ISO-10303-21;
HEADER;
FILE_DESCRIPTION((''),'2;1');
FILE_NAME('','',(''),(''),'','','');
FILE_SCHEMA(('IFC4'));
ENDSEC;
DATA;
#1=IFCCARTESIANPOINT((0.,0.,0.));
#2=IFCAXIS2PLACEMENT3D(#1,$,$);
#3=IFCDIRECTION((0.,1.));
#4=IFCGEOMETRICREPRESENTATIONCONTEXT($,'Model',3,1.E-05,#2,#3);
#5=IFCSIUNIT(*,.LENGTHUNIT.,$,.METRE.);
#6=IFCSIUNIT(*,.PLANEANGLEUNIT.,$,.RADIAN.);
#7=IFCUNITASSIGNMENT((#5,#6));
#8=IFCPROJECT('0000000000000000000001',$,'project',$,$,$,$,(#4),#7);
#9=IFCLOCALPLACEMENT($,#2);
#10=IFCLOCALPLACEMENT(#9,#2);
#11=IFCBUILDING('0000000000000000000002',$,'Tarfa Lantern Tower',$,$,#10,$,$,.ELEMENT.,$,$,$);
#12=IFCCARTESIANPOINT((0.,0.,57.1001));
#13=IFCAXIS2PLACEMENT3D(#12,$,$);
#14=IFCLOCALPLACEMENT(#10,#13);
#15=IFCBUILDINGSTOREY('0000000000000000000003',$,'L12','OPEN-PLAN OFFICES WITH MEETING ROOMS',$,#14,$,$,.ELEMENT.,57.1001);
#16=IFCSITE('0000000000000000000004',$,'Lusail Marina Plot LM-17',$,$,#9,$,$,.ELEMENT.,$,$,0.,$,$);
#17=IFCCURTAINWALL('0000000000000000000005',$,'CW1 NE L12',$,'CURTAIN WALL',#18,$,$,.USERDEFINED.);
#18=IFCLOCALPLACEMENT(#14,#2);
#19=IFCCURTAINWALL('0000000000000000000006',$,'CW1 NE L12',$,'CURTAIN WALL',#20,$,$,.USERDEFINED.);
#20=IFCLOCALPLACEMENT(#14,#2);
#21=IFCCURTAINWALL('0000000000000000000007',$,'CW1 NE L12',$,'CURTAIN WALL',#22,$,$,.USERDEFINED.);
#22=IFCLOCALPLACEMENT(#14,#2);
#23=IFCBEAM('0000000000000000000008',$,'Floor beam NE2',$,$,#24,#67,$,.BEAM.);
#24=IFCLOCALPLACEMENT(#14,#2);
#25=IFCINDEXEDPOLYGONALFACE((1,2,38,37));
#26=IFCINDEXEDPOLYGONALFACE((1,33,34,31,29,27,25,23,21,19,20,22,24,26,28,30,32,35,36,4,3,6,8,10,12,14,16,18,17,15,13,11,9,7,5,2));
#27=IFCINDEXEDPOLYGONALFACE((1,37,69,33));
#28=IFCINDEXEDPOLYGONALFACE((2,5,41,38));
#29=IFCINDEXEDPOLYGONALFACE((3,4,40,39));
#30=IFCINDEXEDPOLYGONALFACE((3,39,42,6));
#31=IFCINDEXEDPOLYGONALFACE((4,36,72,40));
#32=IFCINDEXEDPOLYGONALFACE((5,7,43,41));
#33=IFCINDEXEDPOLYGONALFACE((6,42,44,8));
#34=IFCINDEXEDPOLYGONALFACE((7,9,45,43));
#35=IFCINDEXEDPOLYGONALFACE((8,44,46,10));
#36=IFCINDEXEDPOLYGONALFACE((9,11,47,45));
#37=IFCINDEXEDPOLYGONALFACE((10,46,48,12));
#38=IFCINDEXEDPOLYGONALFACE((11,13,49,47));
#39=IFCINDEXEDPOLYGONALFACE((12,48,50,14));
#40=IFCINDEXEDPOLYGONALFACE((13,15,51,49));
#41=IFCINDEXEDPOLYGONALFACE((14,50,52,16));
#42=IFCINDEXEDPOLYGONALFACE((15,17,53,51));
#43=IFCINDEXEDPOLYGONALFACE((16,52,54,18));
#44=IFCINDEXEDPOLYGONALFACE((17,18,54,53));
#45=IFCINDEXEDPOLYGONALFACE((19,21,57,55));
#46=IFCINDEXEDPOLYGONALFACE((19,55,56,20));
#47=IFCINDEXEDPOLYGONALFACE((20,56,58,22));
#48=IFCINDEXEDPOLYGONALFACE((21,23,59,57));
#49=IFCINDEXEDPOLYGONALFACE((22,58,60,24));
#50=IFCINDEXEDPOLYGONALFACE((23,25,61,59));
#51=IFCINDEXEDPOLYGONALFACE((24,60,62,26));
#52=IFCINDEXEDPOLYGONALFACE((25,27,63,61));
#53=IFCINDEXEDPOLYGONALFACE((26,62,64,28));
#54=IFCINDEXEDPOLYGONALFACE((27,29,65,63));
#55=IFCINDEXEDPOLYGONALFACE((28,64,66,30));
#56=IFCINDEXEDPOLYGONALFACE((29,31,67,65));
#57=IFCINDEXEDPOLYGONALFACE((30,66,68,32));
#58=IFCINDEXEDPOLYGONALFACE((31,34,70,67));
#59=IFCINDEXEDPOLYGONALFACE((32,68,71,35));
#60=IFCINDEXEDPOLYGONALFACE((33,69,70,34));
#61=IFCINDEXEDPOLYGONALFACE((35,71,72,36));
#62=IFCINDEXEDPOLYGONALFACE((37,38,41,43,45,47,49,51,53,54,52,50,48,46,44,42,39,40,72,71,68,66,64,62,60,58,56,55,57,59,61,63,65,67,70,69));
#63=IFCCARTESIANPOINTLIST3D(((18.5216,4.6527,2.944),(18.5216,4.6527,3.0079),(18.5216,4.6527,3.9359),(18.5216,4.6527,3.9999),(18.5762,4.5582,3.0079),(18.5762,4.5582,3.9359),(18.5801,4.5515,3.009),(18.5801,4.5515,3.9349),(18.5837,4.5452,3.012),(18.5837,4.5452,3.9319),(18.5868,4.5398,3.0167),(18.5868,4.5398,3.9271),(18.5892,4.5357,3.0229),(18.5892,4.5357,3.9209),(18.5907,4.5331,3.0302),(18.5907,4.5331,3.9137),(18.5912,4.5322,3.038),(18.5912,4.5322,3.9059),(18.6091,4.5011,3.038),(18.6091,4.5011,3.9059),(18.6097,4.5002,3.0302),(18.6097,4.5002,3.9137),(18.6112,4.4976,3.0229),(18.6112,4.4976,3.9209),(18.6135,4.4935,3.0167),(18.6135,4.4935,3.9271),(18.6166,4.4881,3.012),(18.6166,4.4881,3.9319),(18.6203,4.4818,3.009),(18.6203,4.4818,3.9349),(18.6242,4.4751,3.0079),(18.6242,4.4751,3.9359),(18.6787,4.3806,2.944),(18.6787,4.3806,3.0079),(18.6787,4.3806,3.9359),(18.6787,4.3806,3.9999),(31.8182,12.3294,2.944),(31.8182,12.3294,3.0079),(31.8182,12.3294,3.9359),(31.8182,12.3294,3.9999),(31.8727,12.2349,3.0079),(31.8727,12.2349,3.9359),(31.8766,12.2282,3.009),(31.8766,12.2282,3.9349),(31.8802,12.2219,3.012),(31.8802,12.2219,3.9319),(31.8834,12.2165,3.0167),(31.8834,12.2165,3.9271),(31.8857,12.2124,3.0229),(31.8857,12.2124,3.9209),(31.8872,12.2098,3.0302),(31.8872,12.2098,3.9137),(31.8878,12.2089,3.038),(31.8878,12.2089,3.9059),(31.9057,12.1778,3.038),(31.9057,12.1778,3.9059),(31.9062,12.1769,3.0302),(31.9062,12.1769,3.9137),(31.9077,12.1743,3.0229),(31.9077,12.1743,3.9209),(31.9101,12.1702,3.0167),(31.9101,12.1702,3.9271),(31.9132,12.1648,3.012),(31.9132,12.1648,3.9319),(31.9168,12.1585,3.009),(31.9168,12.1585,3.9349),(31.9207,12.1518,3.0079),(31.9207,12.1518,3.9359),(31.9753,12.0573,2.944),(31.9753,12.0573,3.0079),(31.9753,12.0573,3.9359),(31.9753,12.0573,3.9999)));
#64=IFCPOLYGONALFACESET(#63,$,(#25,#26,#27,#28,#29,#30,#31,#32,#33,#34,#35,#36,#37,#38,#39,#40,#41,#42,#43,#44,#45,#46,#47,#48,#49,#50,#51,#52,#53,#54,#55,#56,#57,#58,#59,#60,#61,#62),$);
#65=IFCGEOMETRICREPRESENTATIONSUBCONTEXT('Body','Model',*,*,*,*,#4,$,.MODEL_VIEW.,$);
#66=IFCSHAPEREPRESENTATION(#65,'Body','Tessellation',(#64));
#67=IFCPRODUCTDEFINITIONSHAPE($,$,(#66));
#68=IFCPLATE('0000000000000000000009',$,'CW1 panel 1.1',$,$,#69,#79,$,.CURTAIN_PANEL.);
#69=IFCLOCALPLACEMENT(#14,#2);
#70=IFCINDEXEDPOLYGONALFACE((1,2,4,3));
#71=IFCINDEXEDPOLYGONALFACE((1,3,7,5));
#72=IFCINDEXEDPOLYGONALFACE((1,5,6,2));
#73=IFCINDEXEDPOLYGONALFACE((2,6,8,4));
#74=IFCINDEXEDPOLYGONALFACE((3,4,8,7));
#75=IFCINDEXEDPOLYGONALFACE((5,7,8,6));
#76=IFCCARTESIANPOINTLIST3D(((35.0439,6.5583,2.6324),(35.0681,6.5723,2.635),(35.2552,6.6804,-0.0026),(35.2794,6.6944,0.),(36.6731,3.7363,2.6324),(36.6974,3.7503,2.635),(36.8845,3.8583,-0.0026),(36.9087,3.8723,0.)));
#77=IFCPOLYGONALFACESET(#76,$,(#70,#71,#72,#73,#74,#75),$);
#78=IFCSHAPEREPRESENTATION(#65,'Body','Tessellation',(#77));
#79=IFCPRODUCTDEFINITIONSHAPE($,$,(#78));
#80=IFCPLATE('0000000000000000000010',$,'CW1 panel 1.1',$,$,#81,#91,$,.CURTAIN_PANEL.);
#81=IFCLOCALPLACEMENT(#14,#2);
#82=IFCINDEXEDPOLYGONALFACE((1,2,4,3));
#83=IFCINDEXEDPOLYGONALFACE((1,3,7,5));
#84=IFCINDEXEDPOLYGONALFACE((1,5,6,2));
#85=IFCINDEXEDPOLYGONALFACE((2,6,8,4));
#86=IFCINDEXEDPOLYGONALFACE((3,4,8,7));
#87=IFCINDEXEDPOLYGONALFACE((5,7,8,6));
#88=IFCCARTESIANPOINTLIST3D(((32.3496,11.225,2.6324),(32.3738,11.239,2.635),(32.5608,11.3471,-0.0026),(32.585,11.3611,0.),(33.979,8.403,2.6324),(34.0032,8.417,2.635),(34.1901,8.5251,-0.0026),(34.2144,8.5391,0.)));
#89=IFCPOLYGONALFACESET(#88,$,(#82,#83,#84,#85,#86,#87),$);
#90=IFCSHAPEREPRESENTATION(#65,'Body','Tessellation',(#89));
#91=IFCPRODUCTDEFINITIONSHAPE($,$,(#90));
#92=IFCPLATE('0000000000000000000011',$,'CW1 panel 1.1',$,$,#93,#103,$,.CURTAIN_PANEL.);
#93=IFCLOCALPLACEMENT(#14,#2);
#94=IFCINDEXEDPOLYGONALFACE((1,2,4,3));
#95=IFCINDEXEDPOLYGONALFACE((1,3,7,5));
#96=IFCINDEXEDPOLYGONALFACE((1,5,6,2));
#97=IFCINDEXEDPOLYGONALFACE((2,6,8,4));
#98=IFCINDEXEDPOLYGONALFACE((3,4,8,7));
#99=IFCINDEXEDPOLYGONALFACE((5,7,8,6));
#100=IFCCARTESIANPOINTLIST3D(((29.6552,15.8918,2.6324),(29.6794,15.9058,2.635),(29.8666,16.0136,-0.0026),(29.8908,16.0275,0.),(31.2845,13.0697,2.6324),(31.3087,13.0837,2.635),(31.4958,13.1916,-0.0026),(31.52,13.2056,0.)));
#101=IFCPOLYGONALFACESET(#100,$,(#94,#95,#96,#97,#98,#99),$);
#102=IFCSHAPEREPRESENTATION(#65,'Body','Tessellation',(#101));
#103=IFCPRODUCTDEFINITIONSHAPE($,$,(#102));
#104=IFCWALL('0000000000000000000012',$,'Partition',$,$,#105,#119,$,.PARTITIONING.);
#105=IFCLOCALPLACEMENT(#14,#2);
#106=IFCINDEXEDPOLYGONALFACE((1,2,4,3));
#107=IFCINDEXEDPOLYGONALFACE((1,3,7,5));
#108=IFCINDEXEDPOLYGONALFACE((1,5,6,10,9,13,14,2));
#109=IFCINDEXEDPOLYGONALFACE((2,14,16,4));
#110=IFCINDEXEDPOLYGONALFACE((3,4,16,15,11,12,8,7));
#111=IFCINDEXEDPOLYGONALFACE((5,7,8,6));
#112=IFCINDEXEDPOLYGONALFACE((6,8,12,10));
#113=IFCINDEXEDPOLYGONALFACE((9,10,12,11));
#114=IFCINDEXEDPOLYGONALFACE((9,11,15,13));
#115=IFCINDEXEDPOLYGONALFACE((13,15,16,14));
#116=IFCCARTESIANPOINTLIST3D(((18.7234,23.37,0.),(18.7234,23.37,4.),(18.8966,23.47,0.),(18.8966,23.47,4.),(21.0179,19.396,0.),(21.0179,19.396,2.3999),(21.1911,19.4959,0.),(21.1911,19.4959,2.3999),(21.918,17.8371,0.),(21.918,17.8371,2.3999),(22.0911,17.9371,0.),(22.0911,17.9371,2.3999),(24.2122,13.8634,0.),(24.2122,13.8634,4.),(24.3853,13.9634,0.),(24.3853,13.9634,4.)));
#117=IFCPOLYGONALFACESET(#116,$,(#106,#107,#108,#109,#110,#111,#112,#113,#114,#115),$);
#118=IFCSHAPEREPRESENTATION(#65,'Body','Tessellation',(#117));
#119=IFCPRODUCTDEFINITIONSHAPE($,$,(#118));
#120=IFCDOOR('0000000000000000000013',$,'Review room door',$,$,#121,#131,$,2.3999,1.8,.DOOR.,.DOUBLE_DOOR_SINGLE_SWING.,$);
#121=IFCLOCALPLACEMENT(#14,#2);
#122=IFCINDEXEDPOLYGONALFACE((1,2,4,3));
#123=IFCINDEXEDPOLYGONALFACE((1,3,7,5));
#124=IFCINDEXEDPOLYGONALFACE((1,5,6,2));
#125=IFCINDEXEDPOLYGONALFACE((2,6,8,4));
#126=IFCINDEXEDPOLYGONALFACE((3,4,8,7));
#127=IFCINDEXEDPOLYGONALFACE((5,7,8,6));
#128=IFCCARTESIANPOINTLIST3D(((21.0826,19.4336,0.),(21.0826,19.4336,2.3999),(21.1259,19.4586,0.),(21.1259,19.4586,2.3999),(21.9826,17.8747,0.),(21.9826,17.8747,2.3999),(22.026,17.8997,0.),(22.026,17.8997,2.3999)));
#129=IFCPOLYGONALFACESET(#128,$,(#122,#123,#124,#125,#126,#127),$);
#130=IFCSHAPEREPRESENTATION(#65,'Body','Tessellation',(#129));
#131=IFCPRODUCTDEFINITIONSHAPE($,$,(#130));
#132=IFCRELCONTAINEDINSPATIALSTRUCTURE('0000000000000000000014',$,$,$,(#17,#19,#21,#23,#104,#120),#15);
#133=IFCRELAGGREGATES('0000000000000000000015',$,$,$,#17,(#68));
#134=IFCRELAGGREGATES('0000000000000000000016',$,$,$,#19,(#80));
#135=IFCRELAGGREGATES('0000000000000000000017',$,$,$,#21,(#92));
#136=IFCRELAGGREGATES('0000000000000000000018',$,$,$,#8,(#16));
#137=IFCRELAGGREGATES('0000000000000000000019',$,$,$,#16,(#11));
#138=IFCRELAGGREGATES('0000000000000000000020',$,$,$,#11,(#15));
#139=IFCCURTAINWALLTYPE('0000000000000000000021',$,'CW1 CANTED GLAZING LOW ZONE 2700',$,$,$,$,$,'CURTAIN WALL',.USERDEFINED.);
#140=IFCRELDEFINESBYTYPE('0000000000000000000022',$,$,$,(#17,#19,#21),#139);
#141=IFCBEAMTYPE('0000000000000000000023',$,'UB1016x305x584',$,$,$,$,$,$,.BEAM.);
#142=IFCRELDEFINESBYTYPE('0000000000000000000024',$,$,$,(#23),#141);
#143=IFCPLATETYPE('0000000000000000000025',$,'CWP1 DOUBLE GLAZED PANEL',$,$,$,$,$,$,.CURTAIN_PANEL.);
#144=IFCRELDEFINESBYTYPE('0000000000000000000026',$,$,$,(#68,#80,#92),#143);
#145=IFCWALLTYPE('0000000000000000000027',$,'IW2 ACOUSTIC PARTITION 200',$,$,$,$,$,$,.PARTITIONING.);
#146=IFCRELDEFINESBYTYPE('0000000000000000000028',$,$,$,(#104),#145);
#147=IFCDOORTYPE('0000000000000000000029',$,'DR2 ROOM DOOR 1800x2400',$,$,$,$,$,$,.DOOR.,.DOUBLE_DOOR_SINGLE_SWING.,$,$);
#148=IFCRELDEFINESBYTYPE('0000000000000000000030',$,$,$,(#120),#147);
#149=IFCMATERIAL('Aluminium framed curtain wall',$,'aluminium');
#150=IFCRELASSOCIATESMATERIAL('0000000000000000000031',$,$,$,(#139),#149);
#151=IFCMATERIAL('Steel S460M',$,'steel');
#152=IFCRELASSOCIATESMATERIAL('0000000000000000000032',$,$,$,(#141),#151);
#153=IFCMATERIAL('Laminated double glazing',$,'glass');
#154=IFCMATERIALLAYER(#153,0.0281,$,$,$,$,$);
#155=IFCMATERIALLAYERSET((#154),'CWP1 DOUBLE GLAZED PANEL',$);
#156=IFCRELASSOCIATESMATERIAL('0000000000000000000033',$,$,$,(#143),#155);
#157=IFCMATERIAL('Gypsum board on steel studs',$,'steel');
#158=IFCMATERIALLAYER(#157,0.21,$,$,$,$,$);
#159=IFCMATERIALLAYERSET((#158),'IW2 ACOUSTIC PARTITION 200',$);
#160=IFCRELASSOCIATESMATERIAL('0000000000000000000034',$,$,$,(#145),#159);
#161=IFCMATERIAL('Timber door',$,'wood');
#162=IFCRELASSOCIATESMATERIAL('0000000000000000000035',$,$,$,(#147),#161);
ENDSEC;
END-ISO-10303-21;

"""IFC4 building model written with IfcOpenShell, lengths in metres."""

from ifc_helpers import new_model, si_unit, direction, frame, frame_2d, origin, origin_2d, place, context, subcontext, project, spatial, polyline, rectangle, i_section, outline, extrude, material, layer, layer_set, material_profile, profile_set, type_object, element, fill, aggregate, save


model = new_model("IFC4")

# Units and contexts
model_context = context("Model", 3, precision=1e-05, world=origin(), true_north=direction((0.0, 1.0)))
body_context = subcontext(model_context, "Body", "Model", "MODEL_VIEW")
ifc_project = project(units=[si_unit("LENGTHUNIT", "METRE"), si_unit("PLANEANGLEUNIT", "RADIAN")], contexts=[model_context])

# Site, building, storey
site_placement = place(None, origin())
site = spatial("IfcSite", under=ifc_project, at=site_placement, Name="Lusail Marina Plot LM-17", CompositionType="ELEMENT", RefElevation=0.0)
building_placement = place(site_placement, origin())
building = spatial("IfcBuilding", under=site, at=building_placement, Name="Tarfa Lantern Tower", CompositionType="ELEMENT")
storey_placement = place(building_placement, frame((0.0, 0.0, 57.1001)))
storey = spatial("IfcBuildingStorey", under=building, at=storey_placement, Name="L12", Description="OPEN-PLAN OFFICES WITH MEETING ROOMS", CompositionType="ELEMENT", Elevation=57.1001)

# Curtain walls
ifc_material_1 = material(Name="Aluminium framed curtain wall", Category="aluminium")
curtain_wall_type = type_object("IfcCurtainWallType", Name="CW1 CANTED GLAZING LOW ZONE 2700", ElementType="CURTAIN WALL", PredefinedType="USERDEFINED", material=ifc_material_1)
curtain_wall_1_placement = place(storey_placement, origin())
curtain_wall_1 = element("IfcCurtainWall", 1, at=curtain_wall_1_placement, inside=storey, type_object=curtain_wall_type, Name="CW1 NE L12", ObjectType="CURTAIN WALL", PredefinedType="USERDEFINED")
curtain_wall_2_placement = place(storey_placement, origin())
curtain_wall_2 = element("IfcCurtainWall", 2, at=curtain_wall_2_placement, inside=storey, type_object=curtain_wall_type, Name="CW1 NE L12", ObjectType="CURTAIN WALL", PredefinedType="USERDEFINED")

# Curtain wall
curtain_wall_3_placement = place(storey_placement, origin())
curtain_wall_3 = element("IfcCurtainWall", 3, at=curtain_wall_3_placement, inside=storey, type_object=curtain_wall_type, Name="CW1 NE L12", ObjectType="CURTAIN WALL", PredefinedType="USERDEFINED")

# Beam
ifc_material_2 = material(Name="Steel S460M", Category="steel")
ifc_material_profile_1 = material_profile(ifc_material_2, i_section(OverallWidth=0.3142, OverallDepth=1.0559, WebThickness=0.0359, FlangeThickness=0.064, FilletRadius=0.03, at=origin_2d()), Name="UB1016x305x584")
ifc_profile_set_1 = profile_set([ifc_material_profile_1], Name="Steel S460M")
beam_type_1 = type_object("IfcBeamType", Name="UB1016x305x584", PredefinedType="BEAM", material=ifc_profile_set_1)
beam_1_placement = place(storey_placement, frame((31.8967, 12.1934, 3.4719), z_axis=(-0.866027, -0.499997, 0.0), x_axis=(0.499997, -0.866027, 0.0)))
element("IfcBeam", 4, at=beam_1_placement, inside=storey, type_object=beam_type_1, Name="Floor beam NE2", PredefinedType="BEAM", context=body_context, shape_type="SweptSolid", body=[
    extrude(i_section(OverallWidth=0.3142, OverallDepth=1.0559, WebThickness=0.0359, FlangeThickness=0.064, FilletRadius=0.03, at=origin_2d()), origin(), (0.0, 0.0, 1.0), 15.3535),
])

# Plates
ifc_material_3 = material(Name="Laminated double glazing", Category="glass")
ifc_layer_1 = layer(ifc_material_3, 0.0281)
ifc_layer_set_1 = layer_set([ifc_layer_1], Name="CWP1 DOUBLE GLAZED PANEL")
plate_type = type_object("IfcPlateType", Name="CWP1 DOUBLE GLAZED PANEL", PredefinedType="CURTAIN_PANEL", material=ifc_layer_set_1)
plate_1_placement = place(storey_placement, frame((36.9087, 3.8723, 0.0), z_axis=(0.862338, 0.497864, 0.092216), x_axis=(-0.499995, 0.866028, 0.000003)))
plate_1 = element("IfcPlate", 5, at=plate_1_placement, type_object=plate_type, Name="CW1 panel 1.1", PredefinedType="CURTAIN_PANEL", context=body_context, shape_type="SweptSolid", body=[
    extrude(outline(polyline([(0.0, 0.0), (3.2586, 0.0), (3.2585, 2.6463), (0.0, 2.6463), (0.0, 0.0)])), origin(), (0.0, 0.0, -1.0), 0.0281),
])
aggregate(curtain_wall_1, [plate_1])
plate_2_placement = place(storey_placement, frame((34.2144, 8.5391, 0.0), z_axis=(0.862325, 0.497894, 0.092176), x_axis=(-0.500023, 0.866012, 0.0)))
plate_2 = element("IfcPlate", 6, at=plate_2_placement, type_object=plate_type, Name="CW1 panel 1.1", PredefinedType="CURTAIN_PANEL", context=body_context, shape_type="SweptSolid", body=[
    extrude(outline(polyline([(0.0, 0.0), (3.2586, 0.0), (3.2585, 2.6463), (-0.0001, 2.6463), (0.0, 0.0)])), origin(), (0.0, 0.0, -1.0), 0.0281),
])
aggregate(curtain_wall_2, [plate_2])
plate_3_placement = place(storey_placement, frame((31.52, 13.2056, 0.0), z_axis=(0.862342, 0.497867, 0.09217), x_axis=(-0.499995, 0.866029, -0.000003)))
plate_3 = element("IfcPlate", 7, at=plate_3_placement, type_object=plate_type, Name="CW1 panel 1.1", PredefinedType="CURTAIN_PANEL", context=body_context, shape_type="SweptSolid", body=[
    extrude(outline(polyline([(0.0, 0.0), (3.2585, 0.0), (3.2587, 2.6463), (0.0001, 2.6463), (0.0, 0.0)])), origin(), (0.0, 0.0, -1.0), 0.0281),
])
aggregate(curtain_wall_3, [plate_3])

# Wall, opening, door
ifc_material_4 = material(Name="Gypsum board on steel studs", Category="steel")
ifc_layer_2 = layer(ifc_material_4, 0.21)
ifc_layer_set_2 = layer_set([ifc_layer_2], Name="IW2 ACOUSTIC PARTITION 200")
wall_type = type_object("IfcWallType", Name="IW2 ACOUSTIC PARTITION 200", PredefinedType="PARTITIONING", material=ifc_layer_set_2)
wall_placement = place(storey_placement, frame((24.2988, 13.9133, 0.0), z_axis=(0.0, 0.0, 1.0), x_axis=(-0.500009, 0.86602, 0.0)))
wall = element("IfcWall", 8, at=wall_placement, inside=storey, type_object=wall_type, Name="Partition", PredefinedType="PARTITIONING", context=body_context, shape_type="SweptSolid", body=[
    extrude(rectangle(XDim=10.9773, YDim=0.2, at=frame_2d((5.4888, 0.0))), origin(), (0.0, 0.0, 1.0), 4.0),
])
opening_placement = place(wall_placement, frame((4.5886, 0.0, 0.0)))
opening = element("IfcOpeningElement", 9, at=opening_placement, cuts=wall, PredefinedType="OPENING", context=body_context, shape_type="SweptSolid", body=[
    extrude(rectangle(XDim=1.8, YDim=2.3999, at=frame_2d((0.8999, 1.2))), frame((0.0, 0.1099, 0.0), z_axis=(0.0, -1.0, 0.0), x_axis=(1.0, 0.0, 0.0)), (0.0, 0.0, 1.0), 0.22),
])
ifc_material_5 = material(Name="Timber door", Category="wood")
door_type = type_object("IfcDoorType", Name="DR2 ROOM DOOR 1800x2400", OperationType="DOUBLE_DOOR_SINGLE_SWING", PredefinedType="DOOR", material=ifc_material_5)
door_placement = place(opening_placement, frame((1.8, 0.0, 0.0), z_axis=(0.0, 0.0, 1.0), x_axis=(-1.0, 0.0, 0.0)))
door = element("IfcDoor", 10, at=door_placement, inside=storey, type_object=door_type, Name="Review room door", OperationType="DOUBLE_DOOR_SINGLE_SWING", OverallHeight=2.3999, OverallWidth=1.8, PredefinedType="DOOR", context=body_context, shape_type="SweptSolid", body=[
    extrude(rectangle(XDim=1.8, YDim=2.3999, at=frame_2d((0.8999, 1.2))), frame((0.0, 0.0249, 0.0), z_axis=(0.0, -1.0, 0.0), x_axis=(1.0, 0.0, 0.0)), (0.0, 0.0, 1.0), 0.05),
])
fill(opening, door)

save(model, "model.ifc")
